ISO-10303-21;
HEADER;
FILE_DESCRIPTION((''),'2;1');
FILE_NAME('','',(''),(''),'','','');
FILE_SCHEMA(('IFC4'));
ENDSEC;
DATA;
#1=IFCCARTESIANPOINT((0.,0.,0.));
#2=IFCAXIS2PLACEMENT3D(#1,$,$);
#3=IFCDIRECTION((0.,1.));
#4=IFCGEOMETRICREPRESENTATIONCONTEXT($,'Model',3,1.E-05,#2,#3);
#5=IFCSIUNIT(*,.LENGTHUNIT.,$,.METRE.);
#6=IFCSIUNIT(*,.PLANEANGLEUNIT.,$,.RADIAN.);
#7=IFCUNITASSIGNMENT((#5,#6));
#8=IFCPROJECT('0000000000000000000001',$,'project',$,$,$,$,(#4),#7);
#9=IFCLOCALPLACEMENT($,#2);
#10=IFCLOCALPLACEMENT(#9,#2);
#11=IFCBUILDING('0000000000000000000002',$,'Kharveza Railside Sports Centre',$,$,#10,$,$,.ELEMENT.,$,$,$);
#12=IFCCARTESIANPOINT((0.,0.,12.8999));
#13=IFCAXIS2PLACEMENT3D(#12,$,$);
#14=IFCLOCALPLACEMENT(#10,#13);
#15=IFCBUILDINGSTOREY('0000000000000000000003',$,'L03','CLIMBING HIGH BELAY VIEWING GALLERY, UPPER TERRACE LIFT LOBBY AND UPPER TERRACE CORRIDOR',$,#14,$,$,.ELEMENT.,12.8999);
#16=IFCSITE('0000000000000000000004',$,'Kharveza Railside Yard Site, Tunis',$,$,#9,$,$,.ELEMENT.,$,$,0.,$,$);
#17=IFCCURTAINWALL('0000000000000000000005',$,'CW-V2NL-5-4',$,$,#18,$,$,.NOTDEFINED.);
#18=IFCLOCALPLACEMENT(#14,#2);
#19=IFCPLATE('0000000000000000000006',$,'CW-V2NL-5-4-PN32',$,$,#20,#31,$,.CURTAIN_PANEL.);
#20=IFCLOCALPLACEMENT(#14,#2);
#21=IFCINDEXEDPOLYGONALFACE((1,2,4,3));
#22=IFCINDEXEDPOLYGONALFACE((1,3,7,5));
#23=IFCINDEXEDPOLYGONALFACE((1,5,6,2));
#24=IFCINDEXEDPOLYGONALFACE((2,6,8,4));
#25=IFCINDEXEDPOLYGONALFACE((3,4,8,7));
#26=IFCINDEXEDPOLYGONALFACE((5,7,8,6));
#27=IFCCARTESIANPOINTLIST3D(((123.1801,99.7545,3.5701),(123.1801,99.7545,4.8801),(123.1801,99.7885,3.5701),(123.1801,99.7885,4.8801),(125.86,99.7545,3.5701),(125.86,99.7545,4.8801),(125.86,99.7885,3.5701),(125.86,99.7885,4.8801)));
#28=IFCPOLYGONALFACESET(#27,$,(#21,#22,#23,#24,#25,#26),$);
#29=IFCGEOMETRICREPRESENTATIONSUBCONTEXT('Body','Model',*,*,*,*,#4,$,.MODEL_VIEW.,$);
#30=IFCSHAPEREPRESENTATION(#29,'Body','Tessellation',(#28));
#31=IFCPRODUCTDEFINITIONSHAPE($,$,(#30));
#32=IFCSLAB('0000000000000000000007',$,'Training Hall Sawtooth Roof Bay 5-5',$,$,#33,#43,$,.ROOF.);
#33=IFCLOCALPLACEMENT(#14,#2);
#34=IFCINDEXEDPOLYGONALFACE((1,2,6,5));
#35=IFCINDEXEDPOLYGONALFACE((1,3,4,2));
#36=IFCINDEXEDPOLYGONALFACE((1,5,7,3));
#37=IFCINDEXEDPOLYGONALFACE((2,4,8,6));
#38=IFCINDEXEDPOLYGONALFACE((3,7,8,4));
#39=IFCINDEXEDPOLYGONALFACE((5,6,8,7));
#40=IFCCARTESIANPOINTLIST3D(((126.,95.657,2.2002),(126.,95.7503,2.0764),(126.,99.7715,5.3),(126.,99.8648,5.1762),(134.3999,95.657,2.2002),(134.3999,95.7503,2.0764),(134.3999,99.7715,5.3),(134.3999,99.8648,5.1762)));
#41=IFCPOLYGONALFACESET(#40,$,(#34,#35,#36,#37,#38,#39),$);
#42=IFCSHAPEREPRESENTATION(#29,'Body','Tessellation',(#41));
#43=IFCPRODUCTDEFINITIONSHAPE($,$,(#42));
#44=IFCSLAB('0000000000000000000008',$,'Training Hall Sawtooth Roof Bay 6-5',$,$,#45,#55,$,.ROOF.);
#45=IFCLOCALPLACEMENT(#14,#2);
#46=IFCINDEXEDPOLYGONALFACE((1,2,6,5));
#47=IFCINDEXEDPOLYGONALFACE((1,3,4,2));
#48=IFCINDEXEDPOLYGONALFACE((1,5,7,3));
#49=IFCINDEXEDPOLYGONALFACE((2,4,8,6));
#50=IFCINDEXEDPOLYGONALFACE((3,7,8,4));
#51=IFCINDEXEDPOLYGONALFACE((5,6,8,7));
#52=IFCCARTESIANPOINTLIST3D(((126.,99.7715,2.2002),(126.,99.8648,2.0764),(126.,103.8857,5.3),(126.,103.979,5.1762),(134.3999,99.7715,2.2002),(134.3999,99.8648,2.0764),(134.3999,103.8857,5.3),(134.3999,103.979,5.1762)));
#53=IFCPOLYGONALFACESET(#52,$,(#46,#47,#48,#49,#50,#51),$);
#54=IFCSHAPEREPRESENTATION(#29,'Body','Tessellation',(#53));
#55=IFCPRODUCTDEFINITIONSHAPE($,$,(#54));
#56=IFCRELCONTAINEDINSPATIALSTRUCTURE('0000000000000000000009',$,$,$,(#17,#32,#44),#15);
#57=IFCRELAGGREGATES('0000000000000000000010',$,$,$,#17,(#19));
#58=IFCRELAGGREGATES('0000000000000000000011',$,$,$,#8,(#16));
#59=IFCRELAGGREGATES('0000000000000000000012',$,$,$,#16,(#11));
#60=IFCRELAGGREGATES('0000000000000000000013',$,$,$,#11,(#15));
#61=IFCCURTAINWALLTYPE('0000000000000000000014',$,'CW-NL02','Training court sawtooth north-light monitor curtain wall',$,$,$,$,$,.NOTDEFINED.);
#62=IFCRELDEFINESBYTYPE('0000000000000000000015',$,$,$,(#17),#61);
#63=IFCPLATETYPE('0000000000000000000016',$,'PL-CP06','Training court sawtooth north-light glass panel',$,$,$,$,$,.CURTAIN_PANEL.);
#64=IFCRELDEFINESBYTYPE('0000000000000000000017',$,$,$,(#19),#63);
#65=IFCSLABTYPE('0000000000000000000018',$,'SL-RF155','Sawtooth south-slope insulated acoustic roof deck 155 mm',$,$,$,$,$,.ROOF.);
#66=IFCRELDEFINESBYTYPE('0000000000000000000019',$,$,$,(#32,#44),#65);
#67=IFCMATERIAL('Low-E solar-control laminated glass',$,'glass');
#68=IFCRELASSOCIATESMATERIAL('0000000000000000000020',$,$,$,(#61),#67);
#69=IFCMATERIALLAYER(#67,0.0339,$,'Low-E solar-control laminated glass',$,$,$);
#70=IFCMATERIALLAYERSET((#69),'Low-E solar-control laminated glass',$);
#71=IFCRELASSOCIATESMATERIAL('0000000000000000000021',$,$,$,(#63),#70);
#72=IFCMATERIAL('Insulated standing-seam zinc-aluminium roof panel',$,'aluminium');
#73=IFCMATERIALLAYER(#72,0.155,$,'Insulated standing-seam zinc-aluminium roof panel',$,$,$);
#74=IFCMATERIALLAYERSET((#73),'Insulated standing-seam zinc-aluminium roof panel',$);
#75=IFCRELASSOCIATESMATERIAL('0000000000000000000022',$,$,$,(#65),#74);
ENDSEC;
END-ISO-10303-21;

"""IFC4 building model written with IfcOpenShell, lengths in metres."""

from ifc_helpers import new_model, si_unit, direction, frame, origin, origin_2d, place, context, subcontext, project, spatial, polyline, rectangle, outline, extrude, material, layer, layer_set, type_object, element, aggregate, save


model = new_model("IFC4")

# Units and contexts
model_context = context("Model", 3, precision=1e-05, world=origin(), true_north=direction((0.0, 1.0)))
body_context = subcontext(model_context, "Body", "Model", "MODEL_VIEW")
ifc_project = project(units=[si_unit("LENGTHUNIT", "METRE"), si_unit("PLANEANGLEUNIT", "RADIAN")], contexts=[model_context])

# Site, building, storey
site_placement = place(None, origin())
site = spatial("IfcSite", under=ifc_project, at=site_placement, Name="Kharveza Railside Yard Site, Tunis", CompositionType="ELEMENT", RefElevation=0.0)
building_placement = place(site_placement, origin())
building = spatial("IfcBuilding", under=site, at=building_placement, Name="Kharveza Railside Sports Centre", CompositionType="ELEMENT")
storey_placement = place(building_placement, frame((0.0, 0.0, 12.8999)))
storey = spatial("IfcBuildingStorey", under=building, at=storey_placement, Name="L03", Description="CLIMBING HIGH BELAY VIEWING GALLERY, UPPER TERRACE LIFT LOBBY AND UPPER TERRACE CORRIDOR", CompositionType="ELEMENT", Elevation=12.8999)

# Curtain wall
ifc_material_1 = material(Name="Low-E solar-control laminated glass", Category="glass")
curtain_wall_type = type_object("IfcCurtainWallType", Name="CW-NL02", Description="Training court sawtooth north-light monitor curtain wall", PredefinedType="NOTDEFINED", material=ifc_material_1)
curtain_wall_1_placement = place(storey_placement, origin())
curtain_wall_1 = element("IfcCurtainWall", 1, at=curtain_wall_1_placement, inside=storey, type_object=curtain_wall_type, Name="CW-V2NL-5-4", PredefinedType="NOTDEFINED")

# Plate
ifc_layer_1 = layer(ifc_material_1, 0.0339, Name="Low-E solar-control laminated glass")
ifc_layer_set_1 = layer_set([ifc_layer_1], Name="Low-E solar-control laminated glass")
plate_type = type_object("IfcPlateType", Name="PL-CP06", Description="Training court sawtooth north-light glass panel", PredefinedType="CURTAIN_PANEL", material=ifc_layer_set_1)
plate_1_placement = place(storey_placement, frame((124.52, 99.7715, 3.5701), z_axis=(0.0, 0.0, 1.0), x_axis=(1.0, 0.0, 0.0)))
plate_1 = element("IfcPlate", 2, at=plate_1_placement, type_object=plate_type, Name="CW-V2NL-5-4-PN32", PredefinedType="CURTAIN_PANEL", context=body_context, shape_type="SweptSolid", body=[
    extrude(rectangle(XDim=2.6799, YDim=0.0339, at=origin_2d()), origin(), (0.0, 0.0, 1.0), 1.3101),
])
aggregate(curtain_wall_1, [plate_1])

# Slabs
ifc_material_2 = material(Name="Insulated standing-seam zinc-aluminium roof panel", Category="aluminium")
ifc_layer_2 = layer(ifc_material_2, 0.155, Name="Insulated standing-seam zinc-aluminium roof panel")
ifc_layer_set_2 = layer_set([ifc_layer_2], Name="Insulated standing-seam zinc-aluminium roof panel")
slab_type = type_object("IfcSlabType", Name="SL-RF155", Description="Sawtooth south-slope insulated acoustic roof deck 155 mm", PredefinedType="ROOF", material=ifc_layer_set_2)
slab_1_placement = place(storey_placement, frame((126.0, 95.657, 2.2002), z_axis=(0.0, -0.601735, 0.798696), x_axis=(1.0, 0.0, 0.0)))
element("IfcSlab", 3, at=slab_1_placement, inside=storey, type_object=slab_type, Name="Training Hall Sawtooth Roof Bay 5-5", PredefinedType="ROOF", context=body_context, shape_type="SweptSolid", body=[
    extrude(outline(polyline([(0.0, 0.0), (8.3999, 0.0), (8.3999, 5.1515), (0.0, 5.1515), (0.0, 0.0)])), origin(), (0.0, 0.0, -1.0), 0.155),
])
slab_2_placement = place(storey_placement, frame((126.0, 99.7715, 2.2002), z_axis=(0.0, -0.601758, 0.798679), x_axis=(1.0, 0.0, 0.0)))
element("IfcSlab", 4, at=slab_2_placement, inside=storey, type_object=slab_type, Name="Training Hall Sawtooth Roof Bay 6-5", PredefinedType="ROOF", context=body_context, shape_type="SweptSolid", body=[
    extrude(outline(polyline([(0.0, 0.0), (8.3999, 0.0), (8.3999, 5.1513), (0.0, 5.1513), (0.0, 0.0)])), origin(), (0.0, 0.0, -1.0), 0.155),
])

save(model, "model.ifc")
